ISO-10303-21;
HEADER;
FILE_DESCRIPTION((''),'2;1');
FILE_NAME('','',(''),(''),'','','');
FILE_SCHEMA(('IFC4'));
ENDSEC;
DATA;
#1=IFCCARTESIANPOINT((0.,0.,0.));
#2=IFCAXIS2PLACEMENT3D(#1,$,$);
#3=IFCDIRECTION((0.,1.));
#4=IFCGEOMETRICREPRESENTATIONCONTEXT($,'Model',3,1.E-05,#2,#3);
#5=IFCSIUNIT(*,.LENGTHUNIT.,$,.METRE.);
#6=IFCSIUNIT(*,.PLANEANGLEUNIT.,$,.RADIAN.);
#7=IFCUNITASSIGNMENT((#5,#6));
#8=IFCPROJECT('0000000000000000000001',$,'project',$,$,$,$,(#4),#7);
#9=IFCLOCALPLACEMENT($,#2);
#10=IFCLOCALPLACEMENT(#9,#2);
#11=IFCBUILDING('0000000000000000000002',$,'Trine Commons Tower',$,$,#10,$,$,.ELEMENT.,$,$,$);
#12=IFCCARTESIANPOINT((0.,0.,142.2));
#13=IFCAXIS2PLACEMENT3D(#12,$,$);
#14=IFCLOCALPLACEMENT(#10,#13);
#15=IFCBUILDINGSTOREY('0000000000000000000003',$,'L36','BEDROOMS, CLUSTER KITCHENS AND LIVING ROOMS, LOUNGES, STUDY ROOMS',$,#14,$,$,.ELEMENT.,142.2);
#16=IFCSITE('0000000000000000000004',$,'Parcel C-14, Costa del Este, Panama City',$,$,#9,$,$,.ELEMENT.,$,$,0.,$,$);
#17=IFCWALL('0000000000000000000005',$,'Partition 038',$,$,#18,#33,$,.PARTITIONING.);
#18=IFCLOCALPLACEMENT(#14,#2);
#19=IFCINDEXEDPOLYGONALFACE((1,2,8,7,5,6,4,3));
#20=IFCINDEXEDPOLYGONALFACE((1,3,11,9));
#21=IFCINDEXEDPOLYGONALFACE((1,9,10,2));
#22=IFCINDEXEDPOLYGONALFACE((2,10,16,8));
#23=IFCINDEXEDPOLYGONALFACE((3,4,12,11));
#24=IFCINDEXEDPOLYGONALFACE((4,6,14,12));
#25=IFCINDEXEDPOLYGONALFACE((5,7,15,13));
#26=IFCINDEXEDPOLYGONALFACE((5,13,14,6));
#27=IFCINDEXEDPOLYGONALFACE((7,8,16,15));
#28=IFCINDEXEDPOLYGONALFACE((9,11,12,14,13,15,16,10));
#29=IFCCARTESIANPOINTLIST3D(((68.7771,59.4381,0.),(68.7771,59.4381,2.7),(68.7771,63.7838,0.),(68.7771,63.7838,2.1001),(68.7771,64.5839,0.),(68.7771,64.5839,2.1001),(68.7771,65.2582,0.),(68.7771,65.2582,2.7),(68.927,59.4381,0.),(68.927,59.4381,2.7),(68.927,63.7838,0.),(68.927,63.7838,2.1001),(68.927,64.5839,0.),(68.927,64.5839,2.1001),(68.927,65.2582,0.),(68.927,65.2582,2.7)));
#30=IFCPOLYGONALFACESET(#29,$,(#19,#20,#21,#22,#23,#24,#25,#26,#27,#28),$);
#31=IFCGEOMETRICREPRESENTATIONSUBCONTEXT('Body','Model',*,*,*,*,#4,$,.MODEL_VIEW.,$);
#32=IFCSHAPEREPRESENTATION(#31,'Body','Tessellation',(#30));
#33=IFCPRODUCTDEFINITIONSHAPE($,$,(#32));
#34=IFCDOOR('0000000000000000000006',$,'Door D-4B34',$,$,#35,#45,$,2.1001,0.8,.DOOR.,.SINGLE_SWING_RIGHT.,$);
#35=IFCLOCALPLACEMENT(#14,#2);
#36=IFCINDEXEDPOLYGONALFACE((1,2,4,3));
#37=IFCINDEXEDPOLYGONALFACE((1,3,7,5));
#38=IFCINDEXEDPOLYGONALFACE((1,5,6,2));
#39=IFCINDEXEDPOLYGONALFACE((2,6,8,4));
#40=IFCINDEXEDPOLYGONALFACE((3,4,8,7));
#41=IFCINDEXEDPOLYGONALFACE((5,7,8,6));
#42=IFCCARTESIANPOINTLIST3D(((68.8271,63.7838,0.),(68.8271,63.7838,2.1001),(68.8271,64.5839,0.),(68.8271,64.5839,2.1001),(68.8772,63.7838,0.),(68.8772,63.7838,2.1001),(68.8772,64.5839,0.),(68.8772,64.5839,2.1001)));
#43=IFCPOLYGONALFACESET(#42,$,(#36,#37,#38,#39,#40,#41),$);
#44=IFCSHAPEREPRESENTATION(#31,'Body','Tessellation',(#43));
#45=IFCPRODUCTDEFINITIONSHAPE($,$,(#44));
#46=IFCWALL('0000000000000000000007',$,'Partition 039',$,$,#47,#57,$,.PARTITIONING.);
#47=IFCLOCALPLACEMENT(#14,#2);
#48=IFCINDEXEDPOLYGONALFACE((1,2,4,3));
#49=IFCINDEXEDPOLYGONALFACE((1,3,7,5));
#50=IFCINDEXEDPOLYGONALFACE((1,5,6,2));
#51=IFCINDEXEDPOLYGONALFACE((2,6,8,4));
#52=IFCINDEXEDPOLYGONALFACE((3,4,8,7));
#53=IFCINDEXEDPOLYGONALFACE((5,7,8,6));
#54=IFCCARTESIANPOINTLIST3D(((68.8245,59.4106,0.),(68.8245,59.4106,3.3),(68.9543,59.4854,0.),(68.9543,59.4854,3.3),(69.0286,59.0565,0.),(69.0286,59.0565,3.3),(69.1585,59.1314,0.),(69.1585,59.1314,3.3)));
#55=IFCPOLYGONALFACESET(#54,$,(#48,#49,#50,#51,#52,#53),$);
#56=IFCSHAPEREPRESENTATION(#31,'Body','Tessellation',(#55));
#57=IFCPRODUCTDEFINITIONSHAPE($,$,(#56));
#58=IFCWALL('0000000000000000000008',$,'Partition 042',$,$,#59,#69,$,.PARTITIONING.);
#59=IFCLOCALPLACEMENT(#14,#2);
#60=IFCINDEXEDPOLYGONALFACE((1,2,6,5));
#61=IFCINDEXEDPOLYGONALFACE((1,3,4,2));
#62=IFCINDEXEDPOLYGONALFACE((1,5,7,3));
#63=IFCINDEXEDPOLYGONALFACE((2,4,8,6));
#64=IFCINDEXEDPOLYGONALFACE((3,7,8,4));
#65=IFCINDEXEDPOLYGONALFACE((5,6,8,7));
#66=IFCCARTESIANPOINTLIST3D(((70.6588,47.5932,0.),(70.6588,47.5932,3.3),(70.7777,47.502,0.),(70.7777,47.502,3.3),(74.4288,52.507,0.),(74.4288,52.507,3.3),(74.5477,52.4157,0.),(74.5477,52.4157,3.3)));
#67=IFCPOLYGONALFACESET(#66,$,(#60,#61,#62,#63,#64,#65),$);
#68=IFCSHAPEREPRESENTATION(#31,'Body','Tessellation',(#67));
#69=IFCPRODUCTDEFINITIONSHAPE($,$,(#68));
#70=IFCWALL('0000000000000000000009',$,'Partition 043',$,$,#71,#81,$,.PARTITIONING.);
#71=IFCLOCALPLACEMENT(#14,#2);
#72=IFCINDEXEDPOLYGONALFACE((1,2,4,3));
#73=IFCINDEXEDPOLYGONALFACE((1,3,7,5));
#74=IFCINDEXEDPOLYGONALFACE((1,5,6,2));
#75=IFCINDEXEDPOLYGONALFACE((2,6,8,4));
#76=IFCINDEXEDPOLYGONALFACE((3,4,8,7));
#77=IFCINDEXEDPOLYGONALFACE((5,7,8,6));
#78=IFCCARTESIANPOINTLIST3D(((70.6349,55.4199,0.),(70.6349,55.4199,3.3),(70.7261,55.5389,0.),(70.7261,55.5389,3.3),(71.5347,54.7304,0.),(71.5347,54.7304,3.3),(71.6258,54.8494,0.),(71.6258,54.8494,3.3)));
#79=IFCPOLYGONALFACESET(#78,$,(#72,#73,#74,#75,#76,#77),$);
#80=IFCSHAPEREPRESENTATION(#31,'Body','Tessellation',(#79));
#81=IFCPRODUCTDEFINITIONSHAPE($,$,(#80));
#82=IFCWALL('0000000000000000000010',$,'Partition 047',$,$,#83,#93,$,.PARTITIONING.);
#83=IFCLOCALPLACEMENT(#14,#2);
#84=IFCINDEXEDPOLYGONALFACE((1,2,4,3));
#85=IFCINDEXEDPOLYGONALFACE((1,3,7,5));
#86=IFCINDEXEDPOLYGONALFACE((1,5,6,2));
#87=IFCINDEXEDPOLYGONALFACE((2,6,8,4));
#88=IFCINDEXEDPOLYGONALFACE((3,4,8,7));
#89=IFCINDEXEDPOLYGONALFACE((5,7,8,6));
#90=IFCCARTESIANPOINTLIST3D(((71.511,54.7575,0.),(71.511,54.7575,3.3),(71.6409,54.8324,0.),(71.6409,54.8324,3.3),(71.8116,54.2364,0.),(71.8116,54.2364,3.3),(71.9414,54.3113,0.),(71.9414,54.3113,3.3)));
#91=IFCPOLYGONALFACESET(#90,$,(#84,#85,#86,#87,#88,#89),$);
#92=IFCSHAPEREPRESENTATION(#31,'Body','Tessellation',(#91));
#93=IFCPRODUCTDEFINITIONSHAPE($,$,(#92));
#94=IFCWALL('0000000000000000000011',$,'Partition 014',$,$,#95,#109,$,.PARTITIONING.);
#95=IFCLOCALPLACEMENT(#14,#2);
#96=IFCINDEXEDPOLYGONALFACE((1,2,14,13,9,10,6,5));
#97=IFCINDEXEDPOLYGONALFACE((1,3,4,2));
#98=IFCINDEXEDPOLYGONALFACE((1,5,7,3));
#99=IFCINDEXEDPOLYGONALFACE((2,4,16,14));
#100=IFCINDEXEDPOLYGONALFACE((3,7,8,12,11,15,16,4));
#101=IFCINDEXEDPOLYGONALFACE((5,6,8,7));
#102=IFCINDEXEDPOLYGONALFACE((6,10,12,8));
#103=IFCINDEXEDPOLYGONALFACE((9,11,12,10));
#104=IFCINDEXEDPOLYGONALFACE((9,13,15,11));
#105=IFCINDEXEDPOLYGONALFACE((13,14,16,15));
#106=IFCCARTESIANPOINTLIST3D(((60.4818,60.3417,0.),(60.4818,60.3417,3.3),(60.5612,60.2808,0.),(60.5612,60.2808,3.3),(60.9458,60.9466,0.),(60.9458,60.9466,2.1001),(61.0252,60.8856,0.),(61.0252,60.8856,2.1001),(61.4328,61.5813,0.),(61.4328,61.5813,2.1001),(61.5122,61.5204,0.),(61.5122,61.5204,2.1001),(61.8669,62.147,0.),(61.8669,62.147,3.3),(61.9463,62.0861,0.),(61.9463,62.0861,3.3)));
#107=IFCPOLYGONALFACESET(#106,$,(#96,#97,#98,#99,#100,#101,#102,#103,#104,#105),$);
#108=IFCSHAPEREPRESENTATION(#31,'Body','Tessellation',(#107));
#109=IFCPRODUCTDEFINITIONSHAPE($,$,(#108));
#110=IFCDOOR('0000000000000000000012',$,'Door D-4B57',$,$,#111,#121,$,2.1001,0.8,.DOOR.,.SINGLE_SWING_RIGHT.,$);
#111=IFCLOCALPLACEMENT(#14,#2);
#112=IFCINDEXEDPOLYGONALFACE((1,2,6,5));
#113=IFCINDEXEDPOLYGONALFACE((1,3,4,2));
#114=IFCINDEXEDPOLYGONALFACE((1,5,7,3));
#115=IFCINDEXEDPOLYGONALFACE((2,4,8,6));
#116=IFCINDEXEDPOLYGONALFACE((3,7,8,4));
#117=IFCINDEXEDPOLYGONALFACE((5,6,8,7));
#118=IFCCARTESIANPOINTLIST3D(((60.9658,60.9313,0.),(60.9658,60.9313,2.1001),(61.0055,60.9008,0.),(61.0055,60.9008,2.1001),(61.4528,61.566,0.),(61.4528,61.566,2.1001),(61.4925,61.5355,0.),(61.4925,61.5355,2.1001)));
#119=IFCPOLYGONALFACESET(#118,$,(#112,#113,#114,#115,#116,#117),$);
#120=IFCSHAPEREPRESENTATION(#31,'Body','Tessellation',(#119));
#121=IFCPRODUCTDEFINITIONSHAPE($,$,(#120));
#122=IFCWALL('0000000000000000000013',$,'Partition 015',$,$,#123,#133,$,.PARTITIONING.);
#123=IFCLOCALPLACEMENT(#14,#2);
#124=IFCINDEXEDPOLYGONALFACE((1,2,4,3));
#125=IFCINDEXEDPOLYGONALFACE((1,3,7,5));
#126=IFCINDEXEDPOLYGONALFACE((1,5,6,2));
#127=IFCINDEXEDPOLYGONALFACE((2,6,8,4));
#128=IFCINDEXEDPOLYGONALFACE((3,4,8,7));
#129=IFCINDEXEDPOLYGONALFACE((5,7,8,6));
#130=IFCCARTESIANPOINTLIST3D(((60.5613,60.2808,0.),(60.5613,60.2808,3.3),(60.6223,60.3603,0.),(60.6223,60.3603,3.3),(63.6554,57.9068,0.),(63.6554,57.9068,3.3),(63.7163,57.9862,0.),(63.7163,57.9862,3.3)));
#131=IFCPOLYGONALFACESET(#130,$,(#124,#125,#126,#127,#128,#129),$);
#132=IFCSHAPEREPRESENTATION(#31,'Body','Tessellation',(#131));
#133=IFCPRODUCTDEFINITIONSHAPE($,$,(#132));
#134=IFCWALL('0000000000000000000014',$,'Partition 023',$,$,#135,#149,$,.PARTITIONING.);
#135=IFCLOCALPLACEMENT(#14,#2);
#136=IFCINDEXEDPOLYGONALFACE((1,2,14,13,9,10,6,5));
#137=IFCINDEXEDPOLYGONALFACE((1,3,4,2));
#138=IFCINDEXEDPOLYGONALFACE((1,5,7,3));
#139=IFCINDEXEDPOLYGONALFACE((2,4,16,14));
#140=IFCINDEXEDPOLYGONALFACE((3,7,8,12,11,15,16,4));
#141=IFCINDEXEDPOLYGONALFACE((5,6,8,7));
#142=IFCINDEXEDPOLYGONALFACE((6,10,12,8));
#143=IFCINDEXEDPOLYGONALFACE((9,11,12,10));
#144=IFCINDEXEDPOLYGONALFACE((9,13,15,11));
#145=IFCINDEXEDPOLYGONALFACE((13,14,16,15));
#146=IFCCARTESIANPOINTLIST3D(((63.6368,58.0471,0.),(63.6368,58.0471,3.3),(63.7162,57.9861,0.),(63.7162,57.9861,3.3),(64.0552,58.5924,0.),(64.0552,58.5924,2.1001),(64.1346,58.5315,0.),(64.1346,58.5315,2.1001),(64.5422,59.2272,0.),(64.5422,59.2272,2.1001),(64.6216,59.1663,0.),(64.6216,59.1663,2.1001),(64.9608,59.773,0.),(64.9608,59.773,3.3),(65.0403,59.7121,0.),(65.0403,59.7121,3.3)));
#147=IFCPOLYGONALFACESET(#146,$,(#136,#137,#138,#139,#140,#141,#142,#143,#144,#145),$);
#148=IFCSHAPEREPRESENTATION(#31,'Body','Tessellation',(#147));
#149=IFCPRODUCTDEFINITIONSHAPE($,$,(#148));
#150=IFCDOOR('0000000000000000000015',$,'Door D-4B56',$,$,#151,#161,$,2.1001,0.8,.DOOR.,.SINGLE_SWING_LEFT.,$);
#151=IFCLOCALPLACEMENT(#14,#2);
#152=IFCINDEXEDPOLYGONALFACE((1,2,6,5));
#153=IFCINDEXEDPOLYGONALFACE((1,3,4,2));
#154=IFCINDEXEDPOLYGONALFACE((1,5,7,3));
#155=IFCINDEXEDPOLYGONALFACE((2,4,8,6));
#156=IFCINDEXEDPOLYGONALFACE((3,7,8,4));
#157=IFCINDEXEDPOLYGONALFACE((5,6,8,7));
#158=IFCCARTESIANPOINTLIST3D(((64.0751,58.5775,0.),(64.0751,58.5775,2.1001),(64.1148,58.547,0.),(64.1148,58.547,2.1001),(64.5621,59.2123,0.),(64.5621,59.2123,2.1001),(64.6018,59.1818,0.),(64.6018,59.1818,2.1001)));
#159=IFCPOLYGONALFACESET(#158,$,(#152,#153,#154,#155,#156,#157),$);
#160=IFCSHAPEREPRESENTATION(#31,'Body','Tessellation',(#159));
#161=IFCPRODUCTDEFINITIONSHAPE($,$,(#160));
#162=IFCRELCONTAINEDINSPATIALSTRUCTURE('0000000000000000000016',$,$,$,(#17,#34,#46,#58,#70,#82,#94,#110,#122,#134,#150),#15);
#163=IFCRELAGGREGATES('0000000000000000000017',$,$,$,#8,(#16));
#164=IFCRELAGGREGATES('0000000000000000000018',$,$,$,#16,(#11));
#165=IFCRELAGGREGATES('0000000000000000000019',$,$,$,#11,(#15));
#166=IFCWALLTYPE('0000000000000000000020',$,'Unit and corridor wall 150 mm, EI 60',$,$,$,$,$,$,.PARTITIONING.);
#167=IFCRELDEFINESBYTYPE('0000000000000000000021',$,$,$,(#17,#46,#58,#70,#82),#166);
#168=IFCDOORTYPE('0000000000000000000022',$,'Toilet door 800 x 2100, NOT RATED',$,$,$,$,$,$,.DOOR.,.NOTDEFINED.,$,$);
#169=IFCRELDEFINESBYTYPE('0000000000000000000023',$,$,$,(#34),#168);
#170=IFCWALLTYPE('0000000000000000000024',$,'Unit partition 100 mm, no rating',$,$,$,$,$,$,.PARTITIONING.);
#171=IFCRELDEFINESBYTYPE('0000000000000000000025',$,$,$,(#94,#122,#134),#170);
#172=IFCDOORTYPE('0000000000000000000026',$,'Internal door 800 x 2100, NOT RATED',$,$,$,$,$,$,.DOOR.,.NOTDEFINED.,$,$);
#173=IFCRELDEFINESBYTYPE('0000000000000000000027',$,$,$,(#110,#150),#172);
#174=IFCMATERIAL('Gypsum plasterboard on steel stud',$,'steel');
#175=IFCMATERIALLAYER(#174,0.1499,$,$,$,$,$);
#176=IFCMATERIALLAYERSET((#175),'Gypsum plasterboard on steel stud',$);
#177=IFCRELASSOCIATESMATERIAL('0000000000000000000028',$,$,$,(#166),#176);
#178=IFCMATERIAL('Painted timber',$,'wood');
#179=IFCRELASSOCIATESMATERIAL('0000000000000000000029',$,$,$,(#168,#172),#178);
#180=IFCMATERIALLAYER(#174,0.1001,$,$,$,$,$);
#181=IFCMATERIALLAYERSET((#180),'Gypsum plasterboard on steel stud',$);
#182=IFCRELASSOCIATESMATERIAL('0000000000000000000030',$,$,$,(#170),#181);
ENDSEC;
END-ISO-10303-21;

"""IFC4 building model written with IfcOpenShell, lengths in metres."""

from ifc_helpers import new_model, si_unit, direction, frame, frame_2d, origin, place, context, subcontext, project, spatial, rectangle, extrude, material, layer, layer_set, type_object, element, fill, save


model = new_model("IFC4")

# Units and contexts
model_context = context("Model", 3, precision=1e-05, world=origin(), true_north=direction((0.0, 1.0)))
body_context = subcontext(model_context, "Body", "Model", "MODEL_VIEW")
ifc_project = project(units=[si_unit("LENGTHUNIT", "METRE"), si_unit("PLANEANGLEUNIT", "RADIAN")], contexts=[model_context])

# Site, building, storey
site_placement = place(None, origin())
site = spatial("IfcSite", under=ifc_project, at=site_placement, Name="Parcel C-14, Costa del Este, Panama City", CompositionType="ELEMENT", RefElevation=0.0)
building_placement = place(site_placement, origin())
building = spatial("IfcBuilding", under=site, at=building_placement, Name="Trine Commons Tower", CompositionType="ELEMENT")
storey_placement = place(building_placement, frame((0.0, 0.0, 142.2)))
storey = spatial("IfcBuildingStorey", under=building, at=storey_placement, Name="L36", Description="BEDROOMS, CLUSTER KITCHENS AND LIVING ROOMS, LOUNGES, STUDY ROOMS", CompositionType="ELEMENT", Elevation=142.2)

# Shared definitions
ifc_material_1 = material(Name="Gypsum plasterboard on steel stud", Category="steel")
ifc_layer_1 = layer(ifc_material_1, 0.1499)
ifc_layer_set_1 = layer_set([ifc_layer_1], Name="Gypsum plasterboard on steel stud")
wall_type_1 = type_object("IfcWallType", Name="Unit and corridor wall 150 mm, EI 60", PredefinedType="PARTITIONING", material=ifc_layer_set_1)

# Wall, opening, door
wall_1_placement = place(storey_placement, frame((68.8521, 59.438, 0.0), z_axis=(0.0, 0.0, 1.0), x_axis=(0.0, 1.0, 0.0)))
wall_1 = element("IfcWall", 1, at=wall_1_placement, inside=storey, type_object=wall_type_1, Name="Partition 038", PredefinedType="PARTITIONING", context=body_context, shape_type="SweptSolid", body=[
    extrude(rectangle(XDim=5.8201, YDim=0.1499, at=frame_2d((2.9102, 0.0))), origin(), (0.0, 0.0, 1.0), 2.7),
])
opening_1_placement = place(wall_1_placement, frame((4.3459, 0.0, 0.0)))
opening_1 = element("IfcOpeningElement", 2, at=opening_1_placement, cuts=wall_1, PredefinedType="OPENING", context=body_context, shape_type="SweptSolid", body=[
    extrude(rectangle(XDim=0.8, YDim=2.1001, at=frame_2d((0.3999, 1.05))), frame((0.0, 0.085, 0.0), z_axis=(0.0, -1.0, 0.0), x_axis=(1.0, 0.0, 0.0)), (0.0, 0.0, 1.0), 0.1699),
])
ifc_material_2 = material(Name="Painted timber", Category="wood")
door_type_1 = type_object("IfcDoorType", Name="Toilet door 800 x 2100, NOT RATED", OperationType="NOTDEFINED", PredefinedType="DOOR", material=ifc_material_2)
door_1_placement = place(opening_1_placement, origin())
door_1 = element("IfcDoor", 3, at=door_1_placement, inside=storey, type_object=door_type_1, Name="Door D-4B34", OperationType="SINGLE_SWING_RIGHT", OverallHeight=2.1001, OverallWidth=0.8, PredefinedType="DOOR", context=body_context, shape_type="SweptSolid", body=[
    extrude(rectangle(XDim=0.8, YDim=2.1001, at=frame_2d((0.3999, 1.05))), frame((0.0, 0.0249, 0.0), z_axis=(0.0, -1.0, 0.0), x_axis=(1.0, 0.0, 0.0)), (0.0, 0.0, 1.0), 0.05),
])
fill(opening_1, door_1)

# Walls
wall_2_placement = place(storey_placement, frame((68.8894, 59.448, 0.0), z_axis=(0.0, 0.0, 1.0), x_axis=(0.499481, -0.866325, 0.0)))
element("IfcWall", 4, at=wall_2_placement, inside=storey, type_object=wall_type_1, Name="Partition 039", PredefinedType="PARTITIONING", context=body_context, shape_type="SweptSolid", body=[
    extrude(rectangle(XDim=0.4087, YDim=0.1499, at=frame_2d((0.2043, 0.0))), origin(), (0.0, 0.0, 1.0), 3.3),
])
wall_3_placement = place(storey_placement, frame((70.7183, 47.5476, 0.0), z_axis=(0.0, 0.0, 1.0), x_axis=(0.608712, 0.793391, 0.0)))
element("IfcWall", 5, at=wall_3_placement, inside=storey, type_object=wall_type_1, Name="Partition 042", PredefinedType="PARTITIONING", context=body_context, shape_type="SweptSolid", body=[
    extrude(rectangle(XDim=6.1934, YDim=0.1499, at=frame_2d((3.0967, 0.0))), origin(), (0.0, 0.0, 1.0), 3.3),
])
wall_4_placement = place(storey_placement, frame((70.6804, 55.4795, 0.0), z_axis=(0.0, 0.0, 1.0), x_axis=(0.793728, -0.608273, 0.0)))
element("IfcWall", 6, at=wall_4_placement, inside=storey, type_object=wall_type_1, Name="Partition 043", PredefinedType="PARTITIONING", context=body_context, shape_type="SweptSolid", body=[
    extrude(rectangle(XDim=1.1335, YDim=0.1499, at=frame_2d((0.5669, 0.0))), origin(), (0.0, 0.0, 1.0), 3.3),
])
wall_5_placement = place(storey_placement, frame((71.5759, 54.7949, 0.0), z_axis=(0.0, 0.0, 1.0), x_axis=(0.499676, -0.866213, 0.0)))
element("IfcWall", 7, at=wall_5_placement, inside=storey, type_object=wall_type_1, Name="Partition 047", PredefinedType="PARTITIONING", context=body_context, shape_type="SweptSolid", body=[
    extrude(rectangle(XDim=0.6016, YDim=0.1499, at=frame_2d((0.3008, 0.0))), origin(), (0.0, 0.0, 1.0), 3.3),
])

# Wall, opening, door
ifc_layer_2 = layer(ifc_material_1, 0.1001)
ifc_layer_set_2 = layer_set([ifc_layer_2], Name="Gypsum plasterboard on steel stud")
wall_type_2 = type_object("IfcWallType", Name="Unit partition 100 mm, no rating", PredefinedType="PARTITIONING", material=ifc_layer_set_2)
wall_6_placement = place(storey_placement, frame((60.5215, 60.3113, 0.0), z_axis=(0.0, 0.0, 1.0), x_axis=(0.60872, 0.793385, 0.0)))
wall_6 = element("IfcWall", 8, at=wall_6_placement, inside=storey, type_object=wall_type_2, Name="Partition 014", PredefinedType="PARTITIONING", context=body_context, shape_type="SweptSolid", body=[
    extrude(rectangle(XDim=2.2754, YDim=0.1001, at=frame_2d((1.1377, 0.0))), origin(), (0.0, 0.0, 1.0), 3.3),
])
opening_2_placement = place(wall_6_placement, frame((0.7625, 0.0, 0.0)))
opening_2 = element("IfcOpeningElement", 9, at=opening_2_placement, cuts=wall_6, PredefinedType="OPENING", context=body_context, shape_type="SweptSolid", body=[
    extrude(rectangle(XDim=0.8, YDim=2.1001, at=frame_2d((0.3999, 1.05))), frame((0.0, 0.0601, 0.0), z_axis=(0.0, -1.0, 0.0), x_axis=(1.0, 0.0, 0.0)), (0.0, 0.0, 1.0), 0.1201),
])
door_type_2 = type_object("IfcDoorType", Name="Internal door 800 x 2100, NOT RATED", OperationType="NOTDEFINED", PredefinedType="DOOR", material=ifc_material_2)
door_2_placement = place(opening_2_placement, origin())
door_2 = element("IfcDoor", 10, at=door_2_placement, inside=storey, type_object=door_type_2, Name="Door D-4B57", OperationType="SINGLE_SWING_RIGHT", OverallHeight=2.1001, OverallWidth=0.8, PredefinedType="DOOR", context=body_context, shape_type="SweptSolid", body=[
    extrude(rectangle(XDim=0.8, YDim=2.1001, at=frame_2d((0.3999, 1.05))), frame((0.0, 0.0249, 0.0), z_axis=(0.0, -1.0, 0.0), x_axis=(1.0, 0.0, 0.0)), (0.0, 0.0, 1.0), 0.05),
])
fill(opening_2, door_2)

# Wall
wall_7_placement = place(storey_placement, frame((60.5918, 60.3206, 0.0), z_axis=(0.0, 0.0, 1.0), x_axis=(0.793363, -0.608748, 0.0)))
element("IfcWall", 11, at=wall_7_placement, inside=storey, type_object=wall_type_2, Name="Partition 015", PredefinedType="PARTITIONING", context=body_context, shape_type="SweptSolid", body=[
    extrude(rectangle(XDim=3.8999, YDim=0.1001, at=frame_2d((1.95, 0.0))), origin(), (0.0, 0.0, 1.0), 3.3),
])

# Wall, opening, door
wall_8_placement = place(storey_placement, frame((63.6765, 58.0166, 0.0), z_axis=(0.0, 0.0, 1.0), x_axis=(0.608674, 0.79342, 0.0)))
wall_8 = element("IfcWall", 12, at=wall_8_placement, inside=storey, type_object=wall_type_2, Name="Partition 023", PredefinedType="PARTITIONING", context=body_context, shape_type="SweptSolid", body=[
    extrude(rectangle(XDim=2.1753, YDim=0.1001, at=frame_2d((1.0876, 0.0))), origin(), (0.0, 0.0, 1.0), 3.3),
])
opening_3_placement = place(wall_8_placement, frame((0.6875, 0.0, 0.0)))
opening_3 = element("IfcOpeningElement", 13, at=opening_3_placement, cuts=wall_8, PredefinedType="OPENING", context=body_context, shape_type="SweptSolid", body=[
    extrude(rectangle(XDim=0.8, YDim=2.1001, at=frame_2d((0.3999, 1.05))), frame((0.0, 0.0601, 0.0), z_axis=(0.0, -1.0, 0.0), x_axis=(1.0, 0.0, 0.0)), (0.0, 0.0, 1.0), 0.1201),
])
door_3_placement = place(opening_3_placement, frame((0.8, 0.0, 0.0), z_axis=(0.0, 0.0, 1.0), x_axis=(-1.0, 0.0, 0.0)))
door_3 = element("IfcDoor", 14, at=door_3_placement, inside=storey, type_object=door_type_2, Name="Door D-4B56", OperationType="SINGLE_SWING_LEFT", OverallHeight=2.1001, OverallWidth=0.8, PredefinedType="DOOR", context=body_context, shape_type="SweptSolid", body=[
    extrude(rectangle(XDim=0.8, YDim=2.1001, at=frame_2d((0.3999, 1.05))), frame((0.0, 0.0249, 0.0), z_axis=(0.0, -1.0, 0.0), x_axis=(1.0, 0.0, 0.0)), (0.0, 0.0, 1.0), 0.05),
])
fill(opening_3, door_3)

save(model, "model.ifc")
